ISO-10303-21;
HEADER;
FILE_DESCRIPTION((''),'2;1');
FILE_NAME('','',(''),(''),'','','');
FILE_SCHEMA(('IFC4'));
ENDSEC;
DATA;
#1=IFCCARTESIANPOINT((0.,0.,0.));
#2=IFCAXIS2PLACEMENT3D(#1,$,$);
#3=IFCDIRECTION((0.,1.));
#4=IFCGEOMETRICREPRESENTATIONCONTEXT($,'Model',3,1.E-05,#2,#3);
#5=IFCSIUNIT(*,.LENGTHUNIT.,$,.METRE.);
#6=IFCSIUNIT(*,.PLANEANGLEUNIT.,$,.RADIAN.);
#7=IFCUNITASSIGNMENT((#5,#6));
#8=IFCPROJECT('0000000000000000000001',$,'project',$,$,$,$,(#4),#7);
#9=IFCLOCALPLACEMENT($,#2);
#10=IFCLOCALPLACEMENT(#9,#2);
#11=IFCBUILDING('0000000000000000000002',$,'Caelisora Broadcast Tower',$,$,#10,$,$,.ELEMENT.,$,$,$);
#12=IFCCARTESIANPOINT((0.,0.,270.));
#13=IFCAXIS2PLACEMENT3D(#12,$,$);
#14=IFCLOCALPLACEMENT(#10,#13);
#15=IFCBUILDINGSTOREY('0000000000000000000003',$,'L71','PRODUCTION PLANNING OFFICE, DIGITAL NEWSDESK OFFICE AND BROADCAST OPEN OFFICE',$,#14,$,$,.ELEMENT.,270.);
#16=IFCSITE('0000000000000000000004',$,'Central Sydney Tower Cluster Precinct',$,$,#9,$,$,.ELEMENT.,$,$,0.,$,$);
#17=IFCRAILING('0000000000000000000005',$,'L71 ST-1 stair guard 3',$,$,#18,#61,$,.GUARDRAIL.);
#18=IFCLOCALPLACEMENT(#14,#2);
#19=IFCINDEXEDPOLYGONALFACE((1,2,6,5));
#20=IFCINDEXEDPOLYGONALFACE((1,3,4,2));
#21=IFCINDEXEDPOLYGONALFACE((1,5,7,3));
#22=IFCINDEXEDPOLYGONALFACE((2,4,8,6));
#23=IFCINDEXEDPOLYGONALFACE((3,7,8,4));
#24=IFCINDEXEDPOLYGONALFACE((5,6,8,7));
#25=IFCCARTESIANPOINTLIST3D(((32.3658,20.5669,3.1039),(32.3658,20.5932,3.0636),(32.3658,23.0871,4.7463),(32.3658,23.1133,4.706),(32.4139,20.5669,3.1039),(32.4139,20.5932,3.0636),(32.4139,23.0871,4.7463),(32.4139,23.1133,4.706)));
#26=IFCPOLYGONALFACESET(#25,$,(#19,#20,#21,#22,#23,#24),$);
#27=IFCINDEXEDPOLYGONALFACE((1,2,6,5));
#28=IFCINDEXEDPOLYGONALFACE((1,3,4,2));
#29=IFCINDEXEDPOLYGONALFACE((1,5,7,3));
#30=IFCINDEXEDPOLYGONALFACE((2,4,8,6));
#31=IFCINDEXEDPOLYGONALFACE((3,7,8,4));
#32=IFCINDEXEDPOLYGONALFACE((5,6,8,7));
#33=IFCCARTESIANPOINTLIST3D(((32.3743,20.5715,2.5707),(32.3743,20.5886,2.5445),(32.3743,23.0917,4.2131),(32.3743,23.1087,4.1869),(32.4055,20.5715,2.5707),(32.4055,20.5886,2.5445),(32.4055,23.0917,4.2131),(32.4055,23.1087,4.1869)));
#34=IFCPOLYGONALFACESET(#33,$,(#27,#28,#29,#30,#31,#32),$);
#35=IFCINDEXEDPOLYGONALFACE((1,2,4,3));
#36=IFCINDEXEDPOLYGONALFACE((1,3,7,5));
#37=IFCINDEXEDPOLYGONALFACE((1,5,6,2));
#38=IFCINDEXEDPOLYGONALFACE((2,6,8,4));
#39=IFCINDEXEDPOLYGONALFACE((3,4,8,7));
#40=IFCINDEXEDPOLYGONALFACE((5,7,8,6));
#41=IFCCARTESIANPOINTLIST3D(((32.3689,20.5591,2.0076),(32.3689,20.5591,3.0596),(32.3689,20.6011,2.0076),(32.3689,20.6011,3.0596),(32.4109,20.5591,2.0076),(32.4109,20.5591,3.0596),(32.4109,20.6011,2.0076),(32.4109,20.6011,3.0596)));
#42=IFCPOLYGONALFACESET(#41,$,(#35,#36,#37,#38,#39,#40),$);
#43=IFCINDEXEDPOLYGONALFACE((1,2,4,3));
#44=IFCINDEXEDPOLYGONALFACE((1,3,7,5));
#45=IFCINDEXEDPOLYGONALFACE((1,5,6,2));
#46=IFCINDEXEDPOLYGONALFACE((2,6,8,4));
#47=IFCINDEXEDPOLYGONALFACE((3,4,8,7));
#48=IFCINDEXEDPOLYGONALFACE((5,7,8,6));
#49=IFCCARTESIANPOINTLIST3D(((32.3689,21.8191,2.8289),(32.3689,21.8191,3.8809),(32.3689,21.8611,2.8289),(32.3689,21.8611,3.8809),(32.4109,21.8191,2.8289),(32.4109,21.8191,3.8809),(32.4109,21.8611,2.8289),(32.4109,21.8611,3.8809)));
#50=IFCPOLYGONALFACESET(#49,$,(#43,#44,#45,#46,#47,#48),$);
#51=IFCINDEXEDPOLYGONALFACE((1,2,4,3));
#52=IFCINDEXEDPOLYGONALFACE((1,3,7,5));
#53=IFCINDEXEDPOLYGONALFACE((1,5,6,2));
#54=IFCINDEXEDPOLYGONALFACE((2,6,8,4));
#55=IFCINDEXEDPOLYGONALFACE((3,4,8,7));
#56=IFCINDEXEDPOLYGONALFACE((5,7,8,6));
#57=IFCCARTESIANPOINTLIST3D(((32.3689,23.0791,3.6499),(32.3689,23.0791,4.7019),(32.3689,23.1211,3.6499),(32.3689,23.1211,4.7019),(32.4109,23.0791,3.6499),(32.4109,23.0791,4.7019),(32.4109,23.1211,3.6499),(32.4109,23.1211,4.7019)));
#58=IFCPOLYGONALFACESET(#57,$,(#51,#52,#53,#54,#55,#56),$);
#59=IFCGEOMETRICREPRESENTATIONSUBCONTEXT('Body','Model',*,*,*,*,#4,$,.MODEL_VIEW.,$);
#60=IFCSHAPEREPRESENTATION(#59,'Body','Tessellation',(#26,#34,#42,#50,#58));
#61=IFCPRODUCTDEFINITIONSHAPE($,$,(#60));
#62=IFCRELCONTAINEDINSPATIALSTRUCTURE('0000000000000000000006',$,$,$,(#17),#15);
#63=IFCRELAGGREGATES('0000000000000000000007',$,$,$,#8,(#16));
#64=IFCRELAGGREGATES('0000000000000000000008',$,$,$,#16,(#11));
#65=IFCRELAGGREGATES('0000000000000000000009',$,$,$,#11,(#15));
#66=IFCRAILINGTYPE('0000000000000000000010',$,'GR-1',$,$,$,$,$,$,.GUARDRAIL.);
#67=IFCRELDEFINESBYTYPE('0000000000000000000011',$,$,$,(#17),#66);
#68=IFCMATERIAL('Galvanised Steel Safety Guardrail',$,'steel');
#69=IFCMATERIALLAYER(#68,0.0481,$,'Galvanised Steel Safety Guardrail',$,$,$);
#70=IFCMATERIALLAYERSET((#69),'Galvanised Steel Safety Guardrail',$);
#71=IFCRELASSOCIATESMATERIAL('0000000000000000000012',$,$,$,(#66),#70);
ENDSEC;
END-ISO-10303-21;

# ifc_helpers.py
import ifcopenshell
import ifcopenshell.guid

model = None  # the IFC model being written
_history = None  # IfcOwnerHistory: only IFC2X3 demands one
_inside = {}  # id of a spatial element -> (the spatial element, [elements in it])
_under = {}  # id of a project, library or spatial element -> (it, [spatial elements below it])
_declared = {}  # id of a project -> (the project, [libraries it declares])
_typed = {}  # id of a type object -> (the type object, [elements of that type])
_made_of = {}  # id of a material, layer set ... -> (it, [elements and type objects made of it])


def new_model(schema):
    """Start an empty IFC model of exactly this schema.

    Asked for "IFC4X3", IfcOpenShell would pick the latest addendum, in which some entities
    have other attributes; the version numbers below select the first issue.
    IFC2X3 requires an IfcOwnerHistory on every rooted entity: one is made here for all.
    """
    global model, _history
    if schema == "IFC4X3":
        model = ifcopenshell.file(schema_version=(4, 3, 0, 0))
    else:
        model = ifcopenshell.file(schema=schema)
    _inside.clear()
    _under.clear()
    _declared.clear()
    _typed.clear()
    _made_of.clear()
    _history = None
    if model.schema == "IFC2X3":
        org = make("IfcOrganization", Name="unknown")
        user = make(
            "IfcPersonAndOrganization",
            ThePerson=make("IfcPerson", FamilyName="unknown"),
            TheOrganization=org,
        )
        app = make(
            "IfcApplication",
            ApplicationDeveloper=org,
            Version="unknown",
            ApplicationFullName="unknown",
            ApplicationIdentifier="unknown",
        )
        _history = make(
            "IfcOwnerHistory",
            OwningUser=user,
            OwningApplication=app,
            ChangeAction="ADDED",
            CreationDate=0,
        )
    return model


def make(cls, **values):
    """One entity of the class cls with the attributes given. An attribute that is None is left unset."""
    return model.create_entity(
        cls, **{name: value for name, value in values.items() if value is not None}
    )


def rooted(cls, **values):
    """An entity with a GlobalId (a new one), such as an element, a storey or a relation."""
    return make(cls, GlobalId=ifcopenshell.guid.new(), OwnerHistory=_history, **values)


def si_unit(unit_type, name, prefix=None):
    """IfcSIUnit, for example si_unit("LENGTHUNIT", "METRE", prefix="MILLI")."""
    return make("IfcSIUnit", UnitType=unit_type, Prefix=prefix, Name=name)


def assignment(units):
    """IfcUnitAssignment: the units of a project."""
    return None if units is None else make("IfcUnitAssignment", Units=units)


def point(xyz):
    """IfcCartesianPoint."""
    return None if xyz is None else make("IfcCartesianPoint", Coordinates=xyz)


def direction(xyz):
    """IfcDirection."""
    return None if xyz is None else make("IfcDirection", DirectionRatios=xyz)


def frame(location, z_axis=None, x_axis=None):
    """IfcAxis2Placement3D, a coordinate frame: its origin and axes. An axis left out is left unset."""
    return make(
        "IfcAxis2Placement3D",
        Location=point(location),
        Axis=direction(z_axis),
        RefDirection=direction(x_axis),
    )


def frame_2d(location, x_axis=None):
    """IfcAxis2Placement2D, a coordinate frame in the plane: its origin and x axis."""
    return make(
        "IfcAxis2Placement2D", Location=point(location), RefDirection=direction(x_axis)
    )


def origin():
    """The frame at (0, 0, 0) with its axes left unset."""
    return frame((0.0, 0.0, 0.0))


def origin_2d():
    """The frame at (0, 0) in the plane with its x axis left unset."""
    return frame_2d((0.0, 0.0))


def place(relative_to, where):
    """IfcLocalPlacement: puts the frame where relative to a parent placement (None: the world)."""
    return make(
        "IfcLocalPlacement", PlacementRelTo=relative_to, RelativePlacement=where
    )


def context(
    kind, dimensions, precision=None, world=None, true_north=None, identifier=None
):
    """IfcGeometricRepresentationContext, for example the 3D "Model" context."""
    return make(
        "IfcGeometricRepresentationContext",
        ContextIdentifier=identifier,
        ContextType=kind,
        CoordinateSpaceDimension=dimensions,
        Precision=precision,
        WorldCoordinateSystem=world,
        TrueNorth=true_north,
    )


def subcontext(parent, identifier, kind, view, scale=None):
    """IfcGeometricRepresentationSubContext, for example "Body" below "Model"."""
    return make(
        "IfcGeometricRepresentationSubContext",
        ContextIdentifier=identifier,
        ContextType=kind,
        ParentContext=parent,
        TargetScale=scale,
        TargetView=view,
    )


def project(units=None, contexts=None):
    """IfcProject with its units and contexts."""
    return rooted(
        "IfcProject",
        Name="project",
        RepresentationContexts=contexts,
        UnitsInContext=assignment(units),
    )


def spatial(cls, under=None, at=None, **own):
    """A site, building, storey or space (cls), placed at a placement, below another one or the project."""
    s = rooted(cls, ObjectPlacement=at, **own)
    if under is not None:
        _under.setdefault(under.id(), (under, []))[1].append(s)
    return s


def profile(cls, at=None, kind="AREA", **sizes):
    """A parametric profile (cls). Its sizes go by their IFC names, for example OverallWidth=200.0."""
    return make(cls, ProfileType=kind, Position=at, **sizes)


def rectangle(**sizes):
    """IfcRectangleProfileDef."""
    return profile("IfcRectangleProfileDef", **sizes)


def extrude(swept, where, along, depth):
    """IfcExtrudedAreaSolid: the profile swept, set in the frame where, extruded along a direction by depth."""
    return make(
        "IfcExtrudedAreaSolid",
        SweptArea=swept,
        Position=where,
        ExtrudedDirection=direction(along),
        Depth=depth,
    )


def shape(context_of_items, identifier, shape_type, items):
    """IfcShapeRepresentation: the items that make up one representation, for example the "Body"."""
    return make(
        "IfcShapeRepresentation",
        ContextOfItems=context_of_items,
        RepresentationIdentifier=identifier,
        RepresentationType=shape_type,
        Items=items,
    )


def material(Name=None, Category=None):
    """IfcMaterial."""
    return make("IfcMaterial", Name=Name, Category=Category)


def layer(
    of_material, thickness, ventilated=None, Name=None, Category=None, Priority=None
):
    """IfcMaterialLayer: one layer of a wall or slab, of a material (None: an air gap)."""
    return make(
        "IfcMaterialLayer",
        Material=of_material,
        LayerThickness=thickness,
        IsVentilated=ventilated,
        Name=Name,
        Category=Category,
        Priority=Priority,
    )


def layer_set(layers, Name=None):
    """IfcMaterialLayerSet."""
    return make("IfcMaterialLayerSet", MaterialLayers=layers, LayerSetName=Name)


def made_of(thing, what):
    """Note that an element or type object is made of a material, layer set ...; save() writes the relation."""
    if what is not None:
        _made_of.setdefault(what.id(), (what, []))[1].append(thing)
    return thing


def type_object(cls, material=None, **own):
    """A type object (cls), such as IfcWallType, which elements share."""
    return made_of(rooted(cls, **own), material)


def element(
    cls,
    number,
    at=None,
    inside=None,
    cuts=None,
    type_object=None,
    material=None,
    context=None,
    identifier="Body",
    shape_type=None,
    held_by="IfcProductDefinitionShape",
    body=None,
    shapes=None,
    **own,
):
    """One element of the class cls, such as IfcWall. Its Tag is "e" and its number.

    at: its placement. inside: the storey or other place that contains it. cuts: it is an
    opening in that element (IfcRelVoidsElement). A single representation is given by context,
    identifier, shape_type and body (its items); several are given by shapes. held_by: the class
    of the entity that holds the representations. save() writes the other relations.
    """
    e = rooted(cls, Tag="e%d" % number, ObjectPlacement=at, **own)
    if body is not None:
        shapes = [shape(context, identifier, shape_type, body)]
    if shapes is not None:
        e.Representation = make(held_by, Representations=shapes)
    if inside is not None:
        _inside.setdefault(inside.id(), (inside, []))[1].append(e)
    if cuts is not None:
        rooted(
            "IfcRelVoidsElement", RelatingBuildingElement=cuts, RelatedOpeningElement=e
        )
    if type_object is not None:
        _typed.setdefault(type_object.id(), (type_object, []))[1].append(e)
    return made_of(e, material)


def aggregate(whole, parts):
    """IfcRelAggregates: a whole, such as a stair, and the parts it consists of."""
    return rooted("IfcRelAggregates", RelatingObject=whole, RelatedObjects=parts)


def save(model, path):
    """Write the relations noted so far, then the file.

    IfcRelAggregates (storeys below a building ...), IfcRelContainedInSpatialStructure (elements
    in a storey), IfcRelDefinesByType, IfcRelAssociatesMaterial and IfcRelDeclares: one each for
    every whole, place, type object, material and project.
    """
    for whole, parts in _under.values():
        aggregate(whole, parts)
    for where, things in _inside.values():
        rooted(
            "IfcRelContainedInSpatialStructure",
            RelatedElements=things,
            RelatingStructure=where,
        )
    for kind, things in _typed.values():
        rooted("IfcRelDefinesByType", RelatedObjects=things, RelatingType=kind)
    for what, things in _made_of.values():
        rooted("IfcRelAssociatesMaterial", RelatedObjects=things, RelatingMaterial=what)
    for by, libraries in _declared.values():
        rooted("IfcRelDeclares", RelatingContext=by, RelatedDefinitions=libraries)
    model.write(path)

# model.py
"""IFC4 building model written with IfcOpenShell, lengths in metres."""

from ifc_helpers import new_model, si_unit, direction, frame, origin, origin_2d, place, context, subcontext, project, spatial, rectangle, extrude, material, layer, layer_set, type_object, element, save


model = new_model("IFC4")

# Units and contexts
model_context = context("Model", 3, precision=1e-05, world=origin(), true_north=direction((0.0, 1.0)))
body_context = subcontext(model_context, "Body", "Model", "MODEL_VIEW")
ifc_project = project(units=[si_unit("LENGTHUNIT", "METRE"), si_unit("PLANEANGLEUNIT", "RADIAN")], contexts=[model_context])

# Site, building, storey
site_placement = place(None, origin())
site = spatial("IfcSite", under=ifc_project, at=site_placement, Name="Central Sydney Tower Cluster Precinct", CompositionType="ELEMENT", RefElevation=0.0)
building_placement = place(site_placement, origin())
building = spatial("IfcBuilding", under=site, at=building_placement, Name="Caelisora Broadcast Tower", CompositionType="ELEMENT")
storey_placement = place(building_placement, frame((0.0, 0.0, 270.0)))
storey = spatial("IfcBuildingStorey", under=building, at=storey_placement, Name="L71", Description="PRODUCTION PLANNING OFFICE, DIGITAL NEWSDESK OFFICE AND BROADCAST OPEN OFFICE", CompositionType="ELEMENT", Elevation=270.0)

# Railing
ifc_material_1 = material(Name="Galvanised Steel Safety Guardrail", Category="steel")
ifc_layer_1 = layer(ifc_material_1, 0.0481, Name="Galvanised Steel Safety Guardrail")
ifc_layer_set_1 = layer_set([ifc_layer_1], Name="Galvanised Steel Safety Guardrail")
railing_type = type_object("IfcRailingType", Name="GR-1", PredefinedType="GUARDRAIL", material=ifc_layer_set_1)
railing_1_placement = place(storey_placement, frame((32.3899, 20.5801, 2.0076)))
element("IfcRailing", 1, at=railing_1_placement, inside=storey, type_object=railing_type, Name="L71 ST-1 stair guard 3", PredefinedType="GUARDRAIL", context=body_context, shape_type="SweptSolid", body=[
    extrude(rectangle(XDim=0.0481, YDim=0.0481, at=origin_2d()), frame((0.0, 0.0, 1.0762), z_axis=(0.0, 0.837787, 0.545998), x_axis=(-1.0, 0.0, 0.0)), (0.0, 0.0, 1.0), 3.0081),
    extrude(rectangle(XDim=0.0312, YDim=0.0312, at=origin_2d()), frame((0.0, 0.0, 0.55), z_axis=(0.0, 0.837787, 0.545998), x_axis=(-1.0, 0.0, 0.0)), (0.0, 0.0, 1.0), 3.0081),
    extrude(rectangle(XDim=0.042, YDim=0.042, at=origin_2d()), origin(), (0.0, 0.0, 1.0), 1.052),
    extrude(rectangle(XDim=0.042, YDim=0.042, at=origin_2d()), frame((0.0, 1.26, 0.8213)), (0.0, 0.0, 1.0), 1.052),
    extrude(rectangle(XDim=0.042, YDim=0.042, at=origin_2d()), frame((0.0, 2.52, 1.6423)), (0.0, 0.0, 1.0), 1.052),
])

save(model, "model.ifc")
